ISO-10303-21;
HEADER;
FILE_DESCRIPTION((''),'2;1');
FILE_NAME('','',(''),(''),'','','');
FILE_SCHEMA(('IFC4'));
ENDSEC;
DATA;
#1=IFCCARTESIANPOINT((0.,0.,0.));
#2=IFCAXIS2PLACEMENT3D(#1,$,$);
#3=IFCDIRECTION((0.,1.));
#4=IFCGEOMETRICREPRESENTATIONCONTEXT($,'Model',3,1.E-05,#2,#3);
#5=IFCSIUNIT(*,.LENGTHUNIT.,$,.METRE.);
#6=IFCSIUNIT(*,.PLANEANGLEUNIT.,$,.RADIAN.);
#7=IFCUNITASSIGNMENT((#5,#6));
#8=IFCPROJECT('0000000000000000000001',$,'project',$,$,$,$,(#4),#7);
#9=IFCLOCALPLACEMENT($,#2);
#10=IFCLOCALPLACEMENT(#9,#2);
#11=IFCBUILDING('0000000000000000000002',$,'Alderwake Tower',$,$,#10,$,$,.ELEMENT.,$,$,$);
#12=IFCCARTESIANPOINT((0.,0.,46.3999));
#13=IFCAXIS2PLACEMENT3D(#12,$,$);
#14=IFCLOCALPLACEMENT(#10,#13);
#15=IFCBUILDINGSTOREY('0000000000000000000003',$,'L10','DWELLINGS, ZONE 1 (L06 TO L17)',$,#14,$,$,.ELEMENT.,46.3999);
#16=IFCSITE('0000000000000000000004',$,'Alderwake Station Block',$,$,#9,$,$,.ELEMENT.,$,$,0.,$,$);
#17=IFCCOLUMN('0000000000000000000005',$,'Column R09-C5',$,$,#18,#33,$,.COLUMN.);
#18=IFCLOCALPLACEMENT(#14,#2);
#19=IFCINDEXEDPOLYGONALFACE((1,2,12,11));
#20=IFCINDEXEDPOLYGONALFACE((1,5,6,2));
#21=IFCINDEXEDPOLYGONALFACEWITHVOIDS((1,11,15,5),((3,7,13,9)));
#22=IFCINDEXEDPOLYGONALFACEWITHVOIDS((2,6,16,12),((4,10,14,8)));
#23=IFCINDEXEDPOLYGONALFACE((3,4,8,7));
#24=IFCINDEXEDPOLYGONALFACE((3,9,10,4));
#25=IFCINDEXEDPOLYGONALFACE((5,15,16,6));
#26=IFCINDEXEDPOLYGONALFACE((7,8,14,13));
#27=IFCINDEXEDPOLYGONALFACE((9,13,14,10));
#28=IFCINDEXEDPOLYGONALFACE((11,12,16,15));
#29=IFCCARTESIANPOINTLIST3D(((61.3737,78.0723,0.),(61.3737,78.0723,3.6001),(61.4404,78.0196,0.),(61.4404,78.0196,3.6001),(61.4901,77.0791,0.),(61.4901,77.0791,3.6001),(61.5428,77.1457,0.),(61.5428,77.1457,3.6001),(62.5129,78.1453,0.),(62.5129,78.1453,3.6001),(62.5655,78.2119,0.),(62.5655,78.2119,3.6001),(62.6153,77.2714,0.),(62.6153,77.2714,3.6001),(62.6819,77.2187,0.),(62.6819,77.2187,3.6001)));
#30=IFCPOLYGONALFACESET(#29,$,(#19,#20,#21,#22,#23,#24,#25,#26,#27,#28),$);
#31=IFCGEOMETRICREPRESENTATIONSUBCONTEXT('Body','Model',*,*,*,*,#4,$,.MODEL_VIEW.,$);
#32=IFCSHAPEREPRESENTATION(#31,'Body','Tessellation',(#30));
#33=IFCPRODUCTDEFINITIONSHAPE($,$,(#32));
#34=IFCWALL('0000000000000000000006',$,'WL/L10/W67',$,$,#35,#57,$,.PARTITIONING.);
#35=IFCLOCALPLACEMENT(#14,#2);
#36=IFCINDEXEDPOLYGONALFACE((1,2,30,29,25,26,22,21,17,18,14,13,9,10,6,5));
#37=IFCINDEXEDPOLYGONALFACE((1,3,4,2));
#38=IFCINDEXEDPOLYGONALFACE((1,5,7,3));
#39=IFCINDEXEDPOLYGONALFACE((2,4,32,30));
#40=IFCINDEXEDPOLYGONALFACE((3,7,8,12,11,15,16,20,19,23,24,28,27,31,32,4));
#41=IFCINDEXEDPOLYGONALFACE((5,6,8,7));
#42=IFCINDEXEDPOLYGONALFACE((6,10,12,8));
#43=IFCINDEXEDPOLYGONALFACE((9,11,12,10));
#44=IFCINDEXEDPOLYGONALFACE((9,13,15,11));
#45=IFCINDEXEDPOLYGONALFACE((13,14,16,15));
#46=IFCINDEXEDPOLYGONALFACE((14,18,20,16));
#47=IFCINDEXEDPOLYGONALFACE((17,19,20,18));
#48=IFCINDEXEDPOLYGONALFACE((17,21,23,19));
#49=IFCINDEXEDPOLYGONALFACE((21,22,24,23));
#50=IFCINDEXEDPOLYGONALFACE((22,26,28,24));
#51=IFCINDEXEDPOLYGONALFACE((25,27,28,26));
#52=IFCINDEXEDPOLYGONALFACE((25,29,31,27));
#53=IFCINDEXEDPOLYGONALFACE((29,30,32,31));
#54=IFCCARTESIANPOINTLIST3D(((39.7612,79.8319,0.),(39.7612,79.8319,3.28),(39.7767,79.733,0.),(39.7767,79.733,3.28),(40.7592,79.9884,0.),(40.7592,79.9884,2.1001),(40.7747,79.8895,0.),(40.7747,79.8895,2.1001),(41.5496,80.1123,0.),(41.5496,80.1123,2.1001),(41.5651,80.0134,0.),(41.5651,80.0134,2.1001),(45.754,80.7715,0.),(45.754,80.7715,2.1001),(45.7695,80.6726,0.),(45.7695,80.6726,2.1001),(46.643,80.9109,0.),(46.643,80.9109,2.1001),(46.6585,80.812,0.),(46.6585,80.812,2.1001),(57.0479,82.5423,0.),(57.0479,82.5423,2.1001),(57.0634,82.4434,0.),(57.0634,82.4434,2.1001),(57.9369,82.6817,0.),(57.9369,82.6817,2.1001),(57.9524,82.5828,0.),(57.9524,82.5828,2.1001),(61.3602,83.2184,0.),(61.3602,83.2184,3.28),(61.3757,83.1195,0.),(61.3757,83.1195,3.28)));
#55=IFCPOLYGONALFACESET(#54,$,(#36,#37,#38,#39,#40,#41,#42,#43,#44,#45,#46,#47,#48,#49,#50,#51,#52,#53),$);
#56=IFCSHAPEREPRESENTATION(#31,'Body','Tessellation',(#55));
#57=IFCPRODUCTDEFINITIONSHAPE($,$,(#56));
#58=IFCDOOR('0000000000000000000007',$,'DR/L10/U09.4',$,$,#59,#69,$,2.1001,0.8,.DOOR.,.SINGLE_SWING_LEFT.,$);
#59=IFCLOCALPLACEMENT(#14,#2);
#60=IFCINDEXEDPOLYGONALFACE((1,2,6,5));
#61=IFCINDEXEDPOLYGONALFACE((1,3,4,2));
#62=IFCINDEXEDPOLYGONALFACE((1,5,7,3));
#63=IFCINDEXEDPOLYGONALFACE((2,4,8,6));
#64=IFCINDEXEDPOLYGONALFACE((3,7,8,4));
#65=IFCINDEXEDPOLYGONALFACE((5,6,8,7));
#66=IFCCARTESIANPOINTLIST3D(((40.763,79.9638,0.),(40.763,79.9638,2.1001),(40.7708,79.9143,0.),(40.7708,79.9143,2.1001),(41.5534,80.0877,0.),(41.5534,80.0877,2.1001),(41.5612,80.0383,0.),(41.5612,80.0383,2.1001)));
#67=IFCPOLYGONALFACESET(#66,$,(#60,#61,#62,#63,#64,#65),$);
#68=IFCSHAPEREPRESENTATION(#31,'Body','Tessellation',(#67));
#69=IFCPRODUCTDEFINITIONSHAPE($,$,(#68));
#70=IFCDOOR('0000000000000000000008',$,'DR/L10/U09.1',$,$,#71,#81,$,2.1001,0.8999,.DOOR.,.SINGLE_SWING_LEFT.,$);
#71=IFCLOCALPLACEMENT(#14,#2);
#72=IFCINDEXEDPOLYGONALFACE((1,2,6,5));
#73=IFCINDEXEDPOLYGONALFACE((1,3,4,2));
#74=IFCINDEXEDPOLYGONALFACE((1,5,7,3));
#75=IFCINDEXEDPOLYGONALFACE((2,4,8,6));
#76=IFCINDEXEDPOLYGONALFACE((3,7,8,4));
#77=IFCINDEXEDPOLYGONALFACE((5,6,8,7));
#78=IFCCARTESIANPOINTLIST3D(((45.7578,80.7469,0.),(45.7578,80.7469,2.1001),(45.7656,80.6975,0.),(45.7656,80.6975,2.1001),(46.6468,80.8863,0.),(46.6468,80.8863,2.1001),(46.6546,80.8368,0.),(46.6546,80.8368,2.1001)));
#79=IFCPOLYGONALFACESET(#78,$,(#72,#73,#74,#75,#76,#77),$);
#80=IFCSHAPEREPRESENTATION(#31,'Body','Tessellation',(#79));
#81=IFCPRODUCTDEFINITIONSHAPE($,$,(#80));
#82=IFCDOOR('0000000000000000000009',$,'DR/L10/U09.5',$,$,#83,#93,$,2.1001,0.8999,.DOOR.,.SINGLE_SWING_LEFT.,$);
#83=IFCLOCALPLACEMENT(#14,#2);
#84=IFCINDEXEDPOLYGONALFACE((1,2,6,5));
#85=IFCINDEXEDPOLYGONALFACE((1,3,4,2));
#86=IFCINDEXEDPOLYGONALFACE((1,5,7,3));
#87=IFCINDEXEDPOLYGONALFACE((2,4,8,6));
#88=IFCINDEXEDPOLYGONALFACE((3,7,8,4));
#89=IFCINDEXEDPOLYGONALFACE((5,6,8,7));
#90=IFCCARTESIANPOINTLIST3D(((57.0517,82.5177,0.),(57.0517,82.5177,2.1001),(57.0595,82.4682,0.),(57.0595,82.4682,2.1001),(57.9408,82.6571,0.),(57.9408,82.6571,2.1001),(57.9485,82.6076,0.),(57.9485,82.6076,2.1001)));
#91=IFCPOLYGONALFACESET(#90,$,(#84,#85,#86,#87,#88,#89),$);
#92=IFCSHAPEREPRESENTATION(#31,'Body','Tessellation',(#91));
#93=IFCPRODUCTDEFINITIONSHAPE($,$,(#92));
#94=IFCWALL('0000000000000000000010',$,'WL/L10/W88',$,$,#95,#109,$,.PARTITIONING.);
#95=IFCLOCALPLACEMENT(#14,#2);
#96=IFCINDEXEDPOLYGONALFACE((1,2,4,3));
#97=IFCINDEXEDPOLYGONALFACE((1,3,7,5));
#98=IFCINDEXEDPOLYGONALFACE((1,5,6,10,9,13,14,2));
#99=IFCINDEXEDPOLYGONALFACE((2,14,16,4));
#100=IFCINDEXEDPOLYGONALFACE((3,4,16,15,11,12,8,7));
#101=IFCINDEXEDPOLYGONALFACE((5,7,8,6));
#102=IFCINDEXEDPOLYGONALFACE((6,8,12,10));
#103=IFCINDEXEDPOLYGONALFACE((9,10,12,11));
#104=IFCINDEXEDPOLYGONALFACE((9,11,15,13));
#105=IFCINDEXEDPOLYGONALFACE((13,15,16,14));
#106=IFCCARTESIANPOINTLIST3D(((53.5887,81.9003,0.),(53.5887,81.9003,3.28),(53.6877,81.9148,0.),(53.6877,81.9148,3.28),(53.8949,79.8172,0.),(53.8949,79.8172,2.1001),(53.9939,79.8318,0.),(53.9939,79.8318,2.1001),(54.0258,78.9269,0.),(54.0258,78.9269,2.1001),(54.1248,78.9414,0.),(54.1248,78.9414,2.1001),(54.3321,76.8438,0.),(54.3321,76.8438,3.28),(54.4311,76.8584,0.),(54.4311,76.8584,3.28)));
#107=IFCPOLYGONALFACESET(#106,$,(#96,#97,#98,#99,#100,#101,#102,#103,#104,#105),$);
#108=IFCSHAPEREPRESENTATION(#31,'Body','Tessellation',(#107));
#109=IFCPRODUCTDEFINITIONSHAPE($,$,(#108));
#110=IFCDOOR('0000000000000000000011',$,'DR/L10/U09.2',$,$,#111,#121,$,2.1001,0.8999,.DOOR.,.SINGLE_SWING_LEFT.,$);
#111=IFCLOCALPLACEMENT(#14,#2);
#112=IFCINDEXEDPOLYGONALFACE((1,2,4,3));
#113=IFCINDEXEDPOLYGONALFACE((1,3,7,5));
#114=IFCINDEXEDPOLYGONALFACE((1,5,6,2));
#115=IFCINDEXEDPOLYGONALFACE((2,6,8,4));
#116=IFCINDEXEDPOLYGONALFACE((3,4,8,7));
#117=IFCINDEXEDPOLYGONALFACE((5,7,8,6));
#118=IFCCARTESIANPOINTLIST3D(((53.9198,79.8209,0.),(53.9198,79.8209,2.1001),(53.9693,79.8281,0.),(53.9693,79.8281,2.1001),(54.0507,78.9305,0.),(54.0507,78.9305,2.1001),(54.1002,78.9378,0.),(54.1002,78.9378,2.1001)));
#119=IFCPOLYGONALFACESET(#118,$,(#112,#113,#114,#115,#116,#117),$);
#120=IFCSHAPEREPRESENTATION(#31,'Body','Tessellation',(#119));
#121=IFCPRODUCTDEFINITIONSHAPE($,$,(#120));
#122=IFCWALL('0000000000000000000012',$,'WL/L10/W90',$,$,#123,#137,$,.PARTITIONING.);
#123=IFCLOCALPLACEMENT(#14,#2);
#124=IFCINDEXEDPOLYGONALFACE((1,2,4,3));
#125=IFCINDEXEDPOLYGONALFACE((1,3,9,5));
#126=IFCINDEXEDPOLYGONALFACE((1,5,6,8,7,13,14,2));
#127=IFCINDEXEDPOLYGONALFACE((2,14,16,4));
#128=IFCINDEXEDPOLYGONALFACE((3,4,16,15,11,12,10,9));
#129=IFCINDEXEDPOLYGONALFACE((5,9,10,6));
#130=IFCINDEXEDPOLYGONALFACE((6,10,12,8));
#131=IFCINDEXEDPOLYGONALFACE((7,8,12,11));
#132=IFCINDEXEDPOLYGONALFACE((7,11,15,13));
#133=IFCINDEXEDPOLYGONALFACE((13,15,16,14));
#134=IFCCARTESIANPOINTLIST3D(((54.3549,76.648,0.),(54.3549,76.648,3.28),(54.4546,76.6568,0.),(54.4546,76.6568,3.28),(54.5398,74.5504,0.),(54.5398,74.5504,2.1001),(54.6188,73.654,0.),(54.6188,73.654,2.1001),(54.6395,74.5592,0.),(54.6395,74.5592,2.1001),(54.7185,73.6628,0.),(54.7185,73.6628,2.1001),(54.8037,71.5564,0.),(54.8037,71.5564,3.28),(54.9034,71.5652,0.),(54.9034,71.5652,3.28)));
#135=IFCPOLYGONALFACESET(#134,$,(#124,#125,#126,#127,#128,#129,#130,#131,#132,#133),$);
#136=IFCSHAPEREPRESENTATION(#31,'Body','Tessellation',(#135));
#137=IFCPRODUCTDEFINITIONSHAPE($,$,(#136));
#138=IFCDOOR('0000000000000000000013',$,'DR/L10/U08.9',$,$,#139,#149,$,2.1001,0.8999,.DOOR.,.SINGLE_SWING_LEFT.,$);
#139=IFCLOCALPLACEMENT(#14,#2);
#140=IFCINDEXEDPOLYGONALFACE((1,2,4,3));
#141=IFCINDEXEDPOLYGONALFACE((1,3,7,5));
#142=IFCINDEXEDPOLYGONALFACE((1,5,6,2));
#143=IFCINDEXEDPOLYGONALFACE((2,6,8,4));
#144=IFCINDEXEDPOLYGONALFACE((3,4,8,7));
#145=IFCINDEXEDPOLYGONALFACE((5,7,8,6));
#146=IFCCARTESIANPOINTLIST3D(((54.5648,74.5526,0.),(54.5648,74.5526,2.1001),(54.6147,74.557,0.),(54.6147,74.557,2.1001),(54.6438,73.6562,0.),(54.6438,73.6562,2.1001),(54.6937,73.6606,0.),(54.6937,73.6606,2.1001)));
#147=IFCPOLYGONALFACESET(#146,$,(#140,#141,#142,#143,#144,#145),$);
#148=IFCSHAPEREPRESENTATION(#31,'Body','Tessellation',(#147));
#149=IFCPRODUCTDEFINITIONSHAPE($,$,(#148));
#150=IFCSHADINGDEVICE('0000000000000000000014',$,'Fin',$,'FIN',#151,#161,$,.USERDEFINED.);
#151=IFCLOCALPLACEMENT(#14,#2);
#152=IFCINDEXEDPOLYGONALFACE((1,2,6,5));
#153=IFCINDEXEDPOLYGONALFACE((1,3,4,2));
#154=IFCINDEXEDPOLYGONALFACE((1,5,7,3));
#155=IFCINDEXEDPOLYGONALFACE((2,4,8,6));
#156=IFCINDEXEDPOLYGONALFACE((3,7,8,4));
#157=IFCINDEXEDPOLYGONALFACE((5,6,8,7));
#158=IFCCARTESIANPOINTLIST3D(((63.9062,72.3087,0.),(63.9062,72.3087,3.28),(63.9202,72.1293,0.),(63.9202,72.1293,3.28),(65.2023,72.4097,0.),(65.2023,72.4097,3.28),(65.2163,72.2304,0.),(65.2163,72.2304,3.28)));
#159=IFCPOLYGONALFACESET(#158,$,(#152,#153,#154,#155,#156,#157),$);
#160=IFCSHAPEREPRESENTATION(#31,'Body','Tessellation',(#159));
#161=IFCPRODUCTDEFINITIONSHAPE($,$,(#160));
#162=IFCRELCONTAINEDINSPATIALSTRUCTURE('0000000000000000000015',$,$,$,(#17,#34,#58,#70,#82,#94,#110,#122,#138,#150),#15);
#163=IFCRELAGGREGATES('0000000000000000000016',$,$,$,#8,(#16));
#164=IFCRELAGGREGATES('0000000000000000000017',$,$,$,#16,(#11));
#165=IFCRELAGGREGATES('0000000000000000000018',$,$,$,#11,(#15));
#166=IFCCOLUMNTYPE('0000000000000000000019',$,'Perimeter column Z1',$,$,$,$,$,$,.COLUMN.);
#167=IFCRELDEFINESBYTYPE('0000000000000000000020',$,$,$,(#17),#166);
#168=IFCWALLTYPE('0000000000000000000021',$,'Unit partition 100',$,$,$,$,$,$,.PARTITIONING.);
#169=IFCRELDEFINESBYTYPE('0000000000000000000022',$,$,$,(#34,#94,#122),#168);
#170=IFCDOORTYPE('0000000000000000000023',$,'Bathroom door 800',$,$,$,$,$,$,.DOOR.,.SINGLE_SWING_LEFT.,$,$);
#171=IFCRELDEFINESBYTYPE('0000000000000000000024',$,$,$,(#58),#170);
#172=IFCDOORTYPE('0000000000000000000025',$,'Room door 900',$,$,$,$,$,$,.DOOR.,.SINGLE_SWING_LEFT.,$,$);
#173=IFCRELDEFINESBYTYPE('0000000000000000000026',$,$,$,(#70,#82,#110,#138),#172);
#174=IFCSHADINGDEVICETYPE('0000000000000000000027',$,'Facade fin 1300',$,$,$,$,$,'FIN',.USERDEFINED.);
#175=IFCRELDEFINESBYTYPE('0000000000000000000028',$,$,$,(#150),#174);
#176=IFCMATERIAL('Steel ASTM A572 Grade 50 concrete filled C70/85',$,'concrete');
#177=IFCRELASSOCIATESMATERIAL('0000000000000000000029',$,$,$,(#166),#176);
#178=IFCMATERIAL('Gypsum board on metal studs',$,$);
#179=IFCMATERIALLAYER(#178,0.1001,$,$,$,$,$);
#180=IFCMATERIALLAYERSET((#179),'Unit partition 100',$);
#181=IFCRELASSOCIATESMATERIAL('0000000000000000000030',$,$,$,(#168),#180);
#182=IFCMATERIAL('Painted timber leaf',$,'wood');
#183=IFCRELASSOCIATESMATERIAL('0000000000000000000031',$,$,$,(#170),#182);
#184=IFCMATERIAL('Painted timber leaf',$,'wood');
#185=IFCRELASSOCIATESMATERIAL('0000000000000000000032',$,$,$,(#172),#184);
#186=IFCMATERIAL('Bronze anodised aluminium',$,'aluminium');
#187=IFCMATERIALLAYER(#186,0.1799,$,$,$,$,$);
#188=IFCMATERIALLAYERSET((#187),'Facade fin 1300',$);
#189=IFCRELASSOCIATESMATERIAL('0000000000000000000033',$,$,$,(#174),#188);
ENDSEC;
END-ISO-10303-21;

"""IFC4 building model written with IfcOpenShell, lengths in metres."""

from ifc_helpers import new_model, si_unit, direction, frame, frame_2d, origin, origin_2d, place, context, subcontext, project, spatial, rectangle, hollow_rectangle, extrude, material, layer, layer_set, material_profile, profile_set, type_object, element, fill, save


model = new_model("IFC4")

# Units and contexts
model_context = context("Model", 3, precision=1e-05, world=origin(), true_north=direction((0.0, 1.0)))
body_context = subcontext(model_context, "Body", "Model", "MODEL_VIEW")
ifc_project = project(units=[si_unit("LENGTHUNIT", "METRE"), si_unit("PLANEANGLEUNIT", "RADIAN")], contexts=[model_context])

# Site, building, storey
site_placement = place(None, origin())
site = spatial("IfcSite", under=ifc_project, at=site_placement, Name="Alderwake Station Block", CompositionType="ELEMENT", RefElevation=0.0)
building_placement = place(site_placement, origin())
building = spatial("IfcBuilding", under=site, at=building_placement, Name="Alderwake Tower", CompositionType="ELEMENT")
storey_placement = place(building_placement, frame((0.0, 0.0, 46.3999)))
storey = spatial("IfcBuildingStorey", under=building, at=storey_placement, Name="L10", Description="DWELLINGS, ZONE 1 (L06 TO L17)", CompositionType="ELEMENT", Elevation=46.3999)

# Column
ifc_material_1 = material(Name="Steel ASTM A572 Grade 50 concrete filled C70/85", Category="concrete")
ifc_material_profile = material_profile(ifc_material_1, hollow_rectangle(XDim=1.0, YDim=1.2, WallThickness=0.0601, at=origin_2d()), Name="BOX 1200X1000X60")
ifc_profile_set = profile_set([ifc_material_profile], Name="Steel ASTM A572 Grade 50 concrete filled C70/85")
column_type = type_object("IfcColumnType", Name="Perimeter column Z1", PredefinedType="COLUMN", material=ifc_profile_set)
column_placement = place(storey_placement, frame((62.0278, 77.6455, 0.0), z_axis=(0.0, 0.0, 1.0), x_axis=(-0.116402, 0.993202, 0.0)))
element("IfcColumn", 1, at=column_placement, inside=storey, type_object=column_type, Name="Column R09-C5", PredefinedType="COLUMN", context=body_context, shape_type="SweptSolid", body=[
    extrude(hollow_rectangle(XDim=1.0, YDim=1.2, WallThickness=0.0601, at=origin_2d()), origin(), (0.0, 0.0, 1.0), 3.6001),
])

# Wall, openings, doors
ifc_material_2 = material(Name="Gypsum board on metal studs")
ifc_layer_1 = layer(ifc_material_2, 0.1001)
ifc_layer_set_1 = layer_set([ifc_layer_1], Name="Unit partition 100")
wall_type_1 = type_object("IfcWallType", Name="Unit partition 100", PredefinedType="PARTITIONING", material=ifc_layer_set_1)
wall_1_placement = place(storey_placement, frame((61.3679, 83.1689, 0.0), z_axis=(0.0, 0.0, 1.0), x_axis=(-0.987931, -0.154897, 0.0)))
wall_1 = element("IfcWall", 2, at=wall_1_placement, inside=storey, type_object=wall_type_1, Name="WL/L10/W67", PredefinedType="PARTITIONING", context=body_context, shape_type="SweptSolid", body=[
    extrude(rectangle(XDim=21.8628, YDim=0.1001, at=frame_2d((10.9314, 0.0))), origin(), (0.0, 0.0, 1.0), 3.28),
])
opening_1_placement = place(wall_1_placement, frame((14.897, 0.0, 0.0)))
opening_1 = element("IfcOpeningElement", 3, at=opening_1_placement, cuts=wall_1, PredefinedType="OPENING", context=body_context, shape_type="SweptSolid", body=[
    extrude(rectangle(XDim=0.8999, YDim=2.1001, at=frame_2d((0.45, 1.05))), frame((0.0, 0.0601, 0.0), z_axis=(0.0, -1.0, 0.0), x_axis=(1.0, 0.0, 0.0)), (0.0, 0.0, 1.0), 0.1201),
])
opening_2_placement = place(wall_1_placement, frame((20.0527, 0.0, 0.0)))
opening_2 = element("IfcOpeningElement", 4, at=opening_2_placement, cuts=wall_1, PredefinedType="OPENING", context=body_context, shape_type="SweptSolid", body=[
    extrude(rectangle(XDim=0.8, YDim=2.1001, at=frame_2d((0.3999, 1.05))), frame((0.0, 0.0601, 0.0), z_axis=(0.0, -1.0, 0.0), x_axis=(1.0, 0.0, 0.0)), (0.0, 0.0, 1.0), 0.1201),
])
opening_3_placement = place(wall_1_placement, frame((3.4651, 0.0, 0.0)))
opening_3 = element("IfcOpeningElement", 5, at=opening_3_placement, cuts=wall_1, PredefinedType="OPENING", context=body_context, shape_type="SweptSolid", body=[
    extrude(rectangle(XDim=0.8999, YDim=2.1001, at=frame_2d((0.45, 1.05))), frame((0.0, 0.0601, 0.0), z_axis=(0.0, -1.0, 0.0), x_axis=(1.0, 0.0, 0.0)), (0.0, 0.0, 1.0), 0.1201),
])
ifc_material_3 = material(Name="Painted timber leaf", Category="wood")
door_type_1 = type_object("IfcDoorType", Name="Bathroom door 800", OperationType="SINGLE_SWING_LEFT", PredefinedType="DOOR", material=ifc_material_3)
door_1_placement = place(opening_2_placement, origin())
door_1 = element("IfcDoor", 6, at=door_1_placement, inside=storey, type_object=door_type_1, Name="DR/L10/U09.4", OperationType="SINGLE_SWING_LEFT", OverallHeight=2.1001, OverallWidth=0.8, PredefinedType="DOOR", context=body_context, shape_type="SweptSolid", body=[
    extrude(rectangle(XDim=0.8, YDim=2.1001, at=frame_2d((0.3999, 1.05))), frame((0.0, 0.0249, 0.0), z_axis=(0.0, -1.0, 0.0), x_axis=(1.0, 0.0, 0.0)), (0.0, 0.0, 1.0), 0.05),
])
fill(opening_2, door_1)
ifc_material_4 = material(Name="Painted timber leaf", Category="wood")
door_type_2 = type_object("IfcDoorType", Name="Room door 900", OperationType="SINGLE_SWING_LEFT", PredefinedType="DOOR", material=ifc_material_4)
door_2_placement = place(opening_1_placement, origin())
door_2 = element("IfcDoor", 7, at=door_2_placement, inside=storey, type_object=door_type_2, Name="DR/L10/U09.1", OperationType="SINGLE_SWING_LEFT", OverallHeight=2.1001, OverallWidth=0.8999, PredefinedType="DOOR", context=body_context, shape_type="SweptSolid", body=[
    extrude(rectangle(XDim=0.8999, YDim=2.1001, at=frame_2d((0.45, 1.05))), frame((0.0, 0.0249, 0.0), z_axis=(0.0, -1.0, 0.0), x_axis=(1.0, 0.0, 0.0)), (0.0, 0.0, 1.0), 0.05),
])
fill(opening_1, door_2)
door_3_placement = place(opening_3_placement, origin())
door_3 = element("IfcDoor", 8, at=door_3_placement, inside=storey, type_object=door_type_2, Name="DR/L10/U09.5", OperationType="SINGLE_SWING_LEFT", OverallHeight=2.1001, OverallWidth=0.8999, PredefinedType="DOOR", context=body_context, shape_type="SweptSolid", body=[
    extrude(rectangle(XDim=0.8999, YDim=2.1001, at=frame_2d((0.45, 1.05))), frame((0.0, 0.0249, 0.0), z_axis=(0.0, -1.0, 0.0), x_axis=(1.0, 0.0, 0.0)), (0.0, 0.0, 1.0), 0.05),
])
fill(opening_3, door_3)

# Walls, openings, doors
wall_2_placement = place(storey_placement, frame((54.3816, 76.8511, 0.0), z_axis=(0.0, 0.0, 1.0), x_axis=(-0.14546, 0.989364, 0.0)))
wall_2 = element("IfcWall", 9, at=wall_2_placement, inside=storey, type_object=wall_type_1, Name="WL/L10/W88", PredefinedType="PARTITIONING", context=body_context, shape_type="SweptSolid", body=[
    extrude(rectangle(XDim=5.1108, YDim=0.1001, at=frame_2d((2.5554, 0.0))), origin(), (0.0, 0.0, 1.0), 3.28),
])
opening_4_placement = place(wall_2_placement, frame((2.1055, 0.0, 0.0)))
opening_4 = element("IfcOpeningElement", 10, at=opening_4_placement, cuts=wall_2, PredefinedType="OPENING", context=body_context, shape_type="SweptSolid", body=[
    extrude(rectangle(XDim=0.8999, YDim=2.1001, at=frame_2d((0.45, 1.05))), frame((0.0, 0.0601, 0.0), z_axis=(0.0, -1.0, 0.0), x_axis=(1.0, 0.0, 0.0)), (0.0, 0.0, 1.0), 0.1201),
])
door_4_placement = place(opening_4_placement, origin())
door_4 = element("IfcDoor", 11, at=door_4_placement, inside=storey, type_object=door_type_2, Name="DR/L10/U09.2", OperationType="SINGLE_SWING_LEFT", OverallHeight=2.1001, OverallWidth=0.8999, PredefinedType="DOOR", context=body_context, shape_type="SweptSolid", body=[
    extrude(rectangle(XDim=0.8999, YDim=2.1001, at=frame_2d((0.45, 1.05))), frame((0.0, 0.0249, 0.0), z_axis=(0.0, -1.0, 0.0), x_axis=(1.0, 0.0, 0.0)), (0.0, 0.0, 1.0), 0.05),
])
fill(opening_4, door_4)
wall_3_placement = place(storey_placement, frame((54.8535, 71.5608, 0.0), z_axis=(0.0, 0.0, 1.0), x_axis=(-0.087792, 0.996139, 0.0)))
wall_3 = element("IfcWall", 12, at=wall_3_placement, inside=storey, type_object=wall_type_1, Name="WL/L10/W90", PredefinedType="PARTITIONING", context=body_context, shape_type="SweptSolid", body=[
    extrude(rectangle(XDim=5.1113, YDim=0.1001, at=frame_2d((2.5557, 0.0))), origin(), (0.0, 0.0, 1.0), 3.28),
])
opening_5_placement = place(wall_3_placement, frame((2.1057, 0.0, 0.0)))
opening_5 = element("IfcOpeningElement", 13, at=opening_5_placement, cuts=wall_3, PredefinedType="OPENING", context=body_context, shape_type="SweptSolid", body=[
    extrude(rectangle(XDim=0.8999, YDim=2.1001, at=frame_2d((0.45, 1.05))), frame((0.0, 0.0601, 0.0), z_axis=(0.0, -1.0, 0.0), x_axis=(1.0, 0.0, 0.0)), (0.0, 0.0, 1.0), 0.1201),
])
door_5_placement = place(opening_5_placement, origin())
door_5 = element("IfcDoor", 14, at=door_5_placement, inside=storey, type_object=door_type_2, Name="DR/L10/U08.9", OperationType="SINGLE_SWING_LEFT", OverallHeight=2.1001, OverallWidth=0.8999, PredefinedType="DOOR", context=body_context, shape_type="SweptSolid", body=[
    extrude(rectangle(XDim=0.8999, YDim=2.1001, at=frame_2d((0.45, 1.05))), frame((0.0, 0.0249, 0.0), z_axis=(0.0, -1.0, 0.0), x_axis=(1.0, 0.0, 0.0)), (0.0, 0.0, 1.0), 0.05),
])
fill(opening_5, door_5)

# Shading device
ifc_material_5 = material(Name="Bronze anodised aluminium", Category="aluminium")
ifc_layer_2 = layer(ifc_material_5, 0.1799)
ifc_layer_set_2 = layer_set([ifc_layer_2], Name="Facade fin 1300")
shading_device_type_1 = type_object("IfcShadingDeviceType", Name="Facade fin 1300", ElementType="FIN", PredefinedType="USERDEFINED", material=ifc_layer_set_2)
for number, where, z_axis, x_axis, name in (
    (15, (64.5613, 72.2695, 0.0), (0.0, 0.0, 1.0), (0.996975, 0.077721, 0.0), "Fin"),
):
    element("IfcShadingDevice", number, at=place(storey_placement, frame(where, z_axis=z_axis, x_axis=x_axis)), inside=storey, type_object=shading_device_type_1, Name=name, ObjectType="FIN", PredefinedType="USERDEFINED", context=body_context, shape_type="SweptSolid", body=[
        extrude(rectangle(XDim=1.3, YDim=0.1799, at=origin_2d()), origin(), (0.0, 0.0, 1.0), 3.28),
    ])

save(model, "model.ifc")
